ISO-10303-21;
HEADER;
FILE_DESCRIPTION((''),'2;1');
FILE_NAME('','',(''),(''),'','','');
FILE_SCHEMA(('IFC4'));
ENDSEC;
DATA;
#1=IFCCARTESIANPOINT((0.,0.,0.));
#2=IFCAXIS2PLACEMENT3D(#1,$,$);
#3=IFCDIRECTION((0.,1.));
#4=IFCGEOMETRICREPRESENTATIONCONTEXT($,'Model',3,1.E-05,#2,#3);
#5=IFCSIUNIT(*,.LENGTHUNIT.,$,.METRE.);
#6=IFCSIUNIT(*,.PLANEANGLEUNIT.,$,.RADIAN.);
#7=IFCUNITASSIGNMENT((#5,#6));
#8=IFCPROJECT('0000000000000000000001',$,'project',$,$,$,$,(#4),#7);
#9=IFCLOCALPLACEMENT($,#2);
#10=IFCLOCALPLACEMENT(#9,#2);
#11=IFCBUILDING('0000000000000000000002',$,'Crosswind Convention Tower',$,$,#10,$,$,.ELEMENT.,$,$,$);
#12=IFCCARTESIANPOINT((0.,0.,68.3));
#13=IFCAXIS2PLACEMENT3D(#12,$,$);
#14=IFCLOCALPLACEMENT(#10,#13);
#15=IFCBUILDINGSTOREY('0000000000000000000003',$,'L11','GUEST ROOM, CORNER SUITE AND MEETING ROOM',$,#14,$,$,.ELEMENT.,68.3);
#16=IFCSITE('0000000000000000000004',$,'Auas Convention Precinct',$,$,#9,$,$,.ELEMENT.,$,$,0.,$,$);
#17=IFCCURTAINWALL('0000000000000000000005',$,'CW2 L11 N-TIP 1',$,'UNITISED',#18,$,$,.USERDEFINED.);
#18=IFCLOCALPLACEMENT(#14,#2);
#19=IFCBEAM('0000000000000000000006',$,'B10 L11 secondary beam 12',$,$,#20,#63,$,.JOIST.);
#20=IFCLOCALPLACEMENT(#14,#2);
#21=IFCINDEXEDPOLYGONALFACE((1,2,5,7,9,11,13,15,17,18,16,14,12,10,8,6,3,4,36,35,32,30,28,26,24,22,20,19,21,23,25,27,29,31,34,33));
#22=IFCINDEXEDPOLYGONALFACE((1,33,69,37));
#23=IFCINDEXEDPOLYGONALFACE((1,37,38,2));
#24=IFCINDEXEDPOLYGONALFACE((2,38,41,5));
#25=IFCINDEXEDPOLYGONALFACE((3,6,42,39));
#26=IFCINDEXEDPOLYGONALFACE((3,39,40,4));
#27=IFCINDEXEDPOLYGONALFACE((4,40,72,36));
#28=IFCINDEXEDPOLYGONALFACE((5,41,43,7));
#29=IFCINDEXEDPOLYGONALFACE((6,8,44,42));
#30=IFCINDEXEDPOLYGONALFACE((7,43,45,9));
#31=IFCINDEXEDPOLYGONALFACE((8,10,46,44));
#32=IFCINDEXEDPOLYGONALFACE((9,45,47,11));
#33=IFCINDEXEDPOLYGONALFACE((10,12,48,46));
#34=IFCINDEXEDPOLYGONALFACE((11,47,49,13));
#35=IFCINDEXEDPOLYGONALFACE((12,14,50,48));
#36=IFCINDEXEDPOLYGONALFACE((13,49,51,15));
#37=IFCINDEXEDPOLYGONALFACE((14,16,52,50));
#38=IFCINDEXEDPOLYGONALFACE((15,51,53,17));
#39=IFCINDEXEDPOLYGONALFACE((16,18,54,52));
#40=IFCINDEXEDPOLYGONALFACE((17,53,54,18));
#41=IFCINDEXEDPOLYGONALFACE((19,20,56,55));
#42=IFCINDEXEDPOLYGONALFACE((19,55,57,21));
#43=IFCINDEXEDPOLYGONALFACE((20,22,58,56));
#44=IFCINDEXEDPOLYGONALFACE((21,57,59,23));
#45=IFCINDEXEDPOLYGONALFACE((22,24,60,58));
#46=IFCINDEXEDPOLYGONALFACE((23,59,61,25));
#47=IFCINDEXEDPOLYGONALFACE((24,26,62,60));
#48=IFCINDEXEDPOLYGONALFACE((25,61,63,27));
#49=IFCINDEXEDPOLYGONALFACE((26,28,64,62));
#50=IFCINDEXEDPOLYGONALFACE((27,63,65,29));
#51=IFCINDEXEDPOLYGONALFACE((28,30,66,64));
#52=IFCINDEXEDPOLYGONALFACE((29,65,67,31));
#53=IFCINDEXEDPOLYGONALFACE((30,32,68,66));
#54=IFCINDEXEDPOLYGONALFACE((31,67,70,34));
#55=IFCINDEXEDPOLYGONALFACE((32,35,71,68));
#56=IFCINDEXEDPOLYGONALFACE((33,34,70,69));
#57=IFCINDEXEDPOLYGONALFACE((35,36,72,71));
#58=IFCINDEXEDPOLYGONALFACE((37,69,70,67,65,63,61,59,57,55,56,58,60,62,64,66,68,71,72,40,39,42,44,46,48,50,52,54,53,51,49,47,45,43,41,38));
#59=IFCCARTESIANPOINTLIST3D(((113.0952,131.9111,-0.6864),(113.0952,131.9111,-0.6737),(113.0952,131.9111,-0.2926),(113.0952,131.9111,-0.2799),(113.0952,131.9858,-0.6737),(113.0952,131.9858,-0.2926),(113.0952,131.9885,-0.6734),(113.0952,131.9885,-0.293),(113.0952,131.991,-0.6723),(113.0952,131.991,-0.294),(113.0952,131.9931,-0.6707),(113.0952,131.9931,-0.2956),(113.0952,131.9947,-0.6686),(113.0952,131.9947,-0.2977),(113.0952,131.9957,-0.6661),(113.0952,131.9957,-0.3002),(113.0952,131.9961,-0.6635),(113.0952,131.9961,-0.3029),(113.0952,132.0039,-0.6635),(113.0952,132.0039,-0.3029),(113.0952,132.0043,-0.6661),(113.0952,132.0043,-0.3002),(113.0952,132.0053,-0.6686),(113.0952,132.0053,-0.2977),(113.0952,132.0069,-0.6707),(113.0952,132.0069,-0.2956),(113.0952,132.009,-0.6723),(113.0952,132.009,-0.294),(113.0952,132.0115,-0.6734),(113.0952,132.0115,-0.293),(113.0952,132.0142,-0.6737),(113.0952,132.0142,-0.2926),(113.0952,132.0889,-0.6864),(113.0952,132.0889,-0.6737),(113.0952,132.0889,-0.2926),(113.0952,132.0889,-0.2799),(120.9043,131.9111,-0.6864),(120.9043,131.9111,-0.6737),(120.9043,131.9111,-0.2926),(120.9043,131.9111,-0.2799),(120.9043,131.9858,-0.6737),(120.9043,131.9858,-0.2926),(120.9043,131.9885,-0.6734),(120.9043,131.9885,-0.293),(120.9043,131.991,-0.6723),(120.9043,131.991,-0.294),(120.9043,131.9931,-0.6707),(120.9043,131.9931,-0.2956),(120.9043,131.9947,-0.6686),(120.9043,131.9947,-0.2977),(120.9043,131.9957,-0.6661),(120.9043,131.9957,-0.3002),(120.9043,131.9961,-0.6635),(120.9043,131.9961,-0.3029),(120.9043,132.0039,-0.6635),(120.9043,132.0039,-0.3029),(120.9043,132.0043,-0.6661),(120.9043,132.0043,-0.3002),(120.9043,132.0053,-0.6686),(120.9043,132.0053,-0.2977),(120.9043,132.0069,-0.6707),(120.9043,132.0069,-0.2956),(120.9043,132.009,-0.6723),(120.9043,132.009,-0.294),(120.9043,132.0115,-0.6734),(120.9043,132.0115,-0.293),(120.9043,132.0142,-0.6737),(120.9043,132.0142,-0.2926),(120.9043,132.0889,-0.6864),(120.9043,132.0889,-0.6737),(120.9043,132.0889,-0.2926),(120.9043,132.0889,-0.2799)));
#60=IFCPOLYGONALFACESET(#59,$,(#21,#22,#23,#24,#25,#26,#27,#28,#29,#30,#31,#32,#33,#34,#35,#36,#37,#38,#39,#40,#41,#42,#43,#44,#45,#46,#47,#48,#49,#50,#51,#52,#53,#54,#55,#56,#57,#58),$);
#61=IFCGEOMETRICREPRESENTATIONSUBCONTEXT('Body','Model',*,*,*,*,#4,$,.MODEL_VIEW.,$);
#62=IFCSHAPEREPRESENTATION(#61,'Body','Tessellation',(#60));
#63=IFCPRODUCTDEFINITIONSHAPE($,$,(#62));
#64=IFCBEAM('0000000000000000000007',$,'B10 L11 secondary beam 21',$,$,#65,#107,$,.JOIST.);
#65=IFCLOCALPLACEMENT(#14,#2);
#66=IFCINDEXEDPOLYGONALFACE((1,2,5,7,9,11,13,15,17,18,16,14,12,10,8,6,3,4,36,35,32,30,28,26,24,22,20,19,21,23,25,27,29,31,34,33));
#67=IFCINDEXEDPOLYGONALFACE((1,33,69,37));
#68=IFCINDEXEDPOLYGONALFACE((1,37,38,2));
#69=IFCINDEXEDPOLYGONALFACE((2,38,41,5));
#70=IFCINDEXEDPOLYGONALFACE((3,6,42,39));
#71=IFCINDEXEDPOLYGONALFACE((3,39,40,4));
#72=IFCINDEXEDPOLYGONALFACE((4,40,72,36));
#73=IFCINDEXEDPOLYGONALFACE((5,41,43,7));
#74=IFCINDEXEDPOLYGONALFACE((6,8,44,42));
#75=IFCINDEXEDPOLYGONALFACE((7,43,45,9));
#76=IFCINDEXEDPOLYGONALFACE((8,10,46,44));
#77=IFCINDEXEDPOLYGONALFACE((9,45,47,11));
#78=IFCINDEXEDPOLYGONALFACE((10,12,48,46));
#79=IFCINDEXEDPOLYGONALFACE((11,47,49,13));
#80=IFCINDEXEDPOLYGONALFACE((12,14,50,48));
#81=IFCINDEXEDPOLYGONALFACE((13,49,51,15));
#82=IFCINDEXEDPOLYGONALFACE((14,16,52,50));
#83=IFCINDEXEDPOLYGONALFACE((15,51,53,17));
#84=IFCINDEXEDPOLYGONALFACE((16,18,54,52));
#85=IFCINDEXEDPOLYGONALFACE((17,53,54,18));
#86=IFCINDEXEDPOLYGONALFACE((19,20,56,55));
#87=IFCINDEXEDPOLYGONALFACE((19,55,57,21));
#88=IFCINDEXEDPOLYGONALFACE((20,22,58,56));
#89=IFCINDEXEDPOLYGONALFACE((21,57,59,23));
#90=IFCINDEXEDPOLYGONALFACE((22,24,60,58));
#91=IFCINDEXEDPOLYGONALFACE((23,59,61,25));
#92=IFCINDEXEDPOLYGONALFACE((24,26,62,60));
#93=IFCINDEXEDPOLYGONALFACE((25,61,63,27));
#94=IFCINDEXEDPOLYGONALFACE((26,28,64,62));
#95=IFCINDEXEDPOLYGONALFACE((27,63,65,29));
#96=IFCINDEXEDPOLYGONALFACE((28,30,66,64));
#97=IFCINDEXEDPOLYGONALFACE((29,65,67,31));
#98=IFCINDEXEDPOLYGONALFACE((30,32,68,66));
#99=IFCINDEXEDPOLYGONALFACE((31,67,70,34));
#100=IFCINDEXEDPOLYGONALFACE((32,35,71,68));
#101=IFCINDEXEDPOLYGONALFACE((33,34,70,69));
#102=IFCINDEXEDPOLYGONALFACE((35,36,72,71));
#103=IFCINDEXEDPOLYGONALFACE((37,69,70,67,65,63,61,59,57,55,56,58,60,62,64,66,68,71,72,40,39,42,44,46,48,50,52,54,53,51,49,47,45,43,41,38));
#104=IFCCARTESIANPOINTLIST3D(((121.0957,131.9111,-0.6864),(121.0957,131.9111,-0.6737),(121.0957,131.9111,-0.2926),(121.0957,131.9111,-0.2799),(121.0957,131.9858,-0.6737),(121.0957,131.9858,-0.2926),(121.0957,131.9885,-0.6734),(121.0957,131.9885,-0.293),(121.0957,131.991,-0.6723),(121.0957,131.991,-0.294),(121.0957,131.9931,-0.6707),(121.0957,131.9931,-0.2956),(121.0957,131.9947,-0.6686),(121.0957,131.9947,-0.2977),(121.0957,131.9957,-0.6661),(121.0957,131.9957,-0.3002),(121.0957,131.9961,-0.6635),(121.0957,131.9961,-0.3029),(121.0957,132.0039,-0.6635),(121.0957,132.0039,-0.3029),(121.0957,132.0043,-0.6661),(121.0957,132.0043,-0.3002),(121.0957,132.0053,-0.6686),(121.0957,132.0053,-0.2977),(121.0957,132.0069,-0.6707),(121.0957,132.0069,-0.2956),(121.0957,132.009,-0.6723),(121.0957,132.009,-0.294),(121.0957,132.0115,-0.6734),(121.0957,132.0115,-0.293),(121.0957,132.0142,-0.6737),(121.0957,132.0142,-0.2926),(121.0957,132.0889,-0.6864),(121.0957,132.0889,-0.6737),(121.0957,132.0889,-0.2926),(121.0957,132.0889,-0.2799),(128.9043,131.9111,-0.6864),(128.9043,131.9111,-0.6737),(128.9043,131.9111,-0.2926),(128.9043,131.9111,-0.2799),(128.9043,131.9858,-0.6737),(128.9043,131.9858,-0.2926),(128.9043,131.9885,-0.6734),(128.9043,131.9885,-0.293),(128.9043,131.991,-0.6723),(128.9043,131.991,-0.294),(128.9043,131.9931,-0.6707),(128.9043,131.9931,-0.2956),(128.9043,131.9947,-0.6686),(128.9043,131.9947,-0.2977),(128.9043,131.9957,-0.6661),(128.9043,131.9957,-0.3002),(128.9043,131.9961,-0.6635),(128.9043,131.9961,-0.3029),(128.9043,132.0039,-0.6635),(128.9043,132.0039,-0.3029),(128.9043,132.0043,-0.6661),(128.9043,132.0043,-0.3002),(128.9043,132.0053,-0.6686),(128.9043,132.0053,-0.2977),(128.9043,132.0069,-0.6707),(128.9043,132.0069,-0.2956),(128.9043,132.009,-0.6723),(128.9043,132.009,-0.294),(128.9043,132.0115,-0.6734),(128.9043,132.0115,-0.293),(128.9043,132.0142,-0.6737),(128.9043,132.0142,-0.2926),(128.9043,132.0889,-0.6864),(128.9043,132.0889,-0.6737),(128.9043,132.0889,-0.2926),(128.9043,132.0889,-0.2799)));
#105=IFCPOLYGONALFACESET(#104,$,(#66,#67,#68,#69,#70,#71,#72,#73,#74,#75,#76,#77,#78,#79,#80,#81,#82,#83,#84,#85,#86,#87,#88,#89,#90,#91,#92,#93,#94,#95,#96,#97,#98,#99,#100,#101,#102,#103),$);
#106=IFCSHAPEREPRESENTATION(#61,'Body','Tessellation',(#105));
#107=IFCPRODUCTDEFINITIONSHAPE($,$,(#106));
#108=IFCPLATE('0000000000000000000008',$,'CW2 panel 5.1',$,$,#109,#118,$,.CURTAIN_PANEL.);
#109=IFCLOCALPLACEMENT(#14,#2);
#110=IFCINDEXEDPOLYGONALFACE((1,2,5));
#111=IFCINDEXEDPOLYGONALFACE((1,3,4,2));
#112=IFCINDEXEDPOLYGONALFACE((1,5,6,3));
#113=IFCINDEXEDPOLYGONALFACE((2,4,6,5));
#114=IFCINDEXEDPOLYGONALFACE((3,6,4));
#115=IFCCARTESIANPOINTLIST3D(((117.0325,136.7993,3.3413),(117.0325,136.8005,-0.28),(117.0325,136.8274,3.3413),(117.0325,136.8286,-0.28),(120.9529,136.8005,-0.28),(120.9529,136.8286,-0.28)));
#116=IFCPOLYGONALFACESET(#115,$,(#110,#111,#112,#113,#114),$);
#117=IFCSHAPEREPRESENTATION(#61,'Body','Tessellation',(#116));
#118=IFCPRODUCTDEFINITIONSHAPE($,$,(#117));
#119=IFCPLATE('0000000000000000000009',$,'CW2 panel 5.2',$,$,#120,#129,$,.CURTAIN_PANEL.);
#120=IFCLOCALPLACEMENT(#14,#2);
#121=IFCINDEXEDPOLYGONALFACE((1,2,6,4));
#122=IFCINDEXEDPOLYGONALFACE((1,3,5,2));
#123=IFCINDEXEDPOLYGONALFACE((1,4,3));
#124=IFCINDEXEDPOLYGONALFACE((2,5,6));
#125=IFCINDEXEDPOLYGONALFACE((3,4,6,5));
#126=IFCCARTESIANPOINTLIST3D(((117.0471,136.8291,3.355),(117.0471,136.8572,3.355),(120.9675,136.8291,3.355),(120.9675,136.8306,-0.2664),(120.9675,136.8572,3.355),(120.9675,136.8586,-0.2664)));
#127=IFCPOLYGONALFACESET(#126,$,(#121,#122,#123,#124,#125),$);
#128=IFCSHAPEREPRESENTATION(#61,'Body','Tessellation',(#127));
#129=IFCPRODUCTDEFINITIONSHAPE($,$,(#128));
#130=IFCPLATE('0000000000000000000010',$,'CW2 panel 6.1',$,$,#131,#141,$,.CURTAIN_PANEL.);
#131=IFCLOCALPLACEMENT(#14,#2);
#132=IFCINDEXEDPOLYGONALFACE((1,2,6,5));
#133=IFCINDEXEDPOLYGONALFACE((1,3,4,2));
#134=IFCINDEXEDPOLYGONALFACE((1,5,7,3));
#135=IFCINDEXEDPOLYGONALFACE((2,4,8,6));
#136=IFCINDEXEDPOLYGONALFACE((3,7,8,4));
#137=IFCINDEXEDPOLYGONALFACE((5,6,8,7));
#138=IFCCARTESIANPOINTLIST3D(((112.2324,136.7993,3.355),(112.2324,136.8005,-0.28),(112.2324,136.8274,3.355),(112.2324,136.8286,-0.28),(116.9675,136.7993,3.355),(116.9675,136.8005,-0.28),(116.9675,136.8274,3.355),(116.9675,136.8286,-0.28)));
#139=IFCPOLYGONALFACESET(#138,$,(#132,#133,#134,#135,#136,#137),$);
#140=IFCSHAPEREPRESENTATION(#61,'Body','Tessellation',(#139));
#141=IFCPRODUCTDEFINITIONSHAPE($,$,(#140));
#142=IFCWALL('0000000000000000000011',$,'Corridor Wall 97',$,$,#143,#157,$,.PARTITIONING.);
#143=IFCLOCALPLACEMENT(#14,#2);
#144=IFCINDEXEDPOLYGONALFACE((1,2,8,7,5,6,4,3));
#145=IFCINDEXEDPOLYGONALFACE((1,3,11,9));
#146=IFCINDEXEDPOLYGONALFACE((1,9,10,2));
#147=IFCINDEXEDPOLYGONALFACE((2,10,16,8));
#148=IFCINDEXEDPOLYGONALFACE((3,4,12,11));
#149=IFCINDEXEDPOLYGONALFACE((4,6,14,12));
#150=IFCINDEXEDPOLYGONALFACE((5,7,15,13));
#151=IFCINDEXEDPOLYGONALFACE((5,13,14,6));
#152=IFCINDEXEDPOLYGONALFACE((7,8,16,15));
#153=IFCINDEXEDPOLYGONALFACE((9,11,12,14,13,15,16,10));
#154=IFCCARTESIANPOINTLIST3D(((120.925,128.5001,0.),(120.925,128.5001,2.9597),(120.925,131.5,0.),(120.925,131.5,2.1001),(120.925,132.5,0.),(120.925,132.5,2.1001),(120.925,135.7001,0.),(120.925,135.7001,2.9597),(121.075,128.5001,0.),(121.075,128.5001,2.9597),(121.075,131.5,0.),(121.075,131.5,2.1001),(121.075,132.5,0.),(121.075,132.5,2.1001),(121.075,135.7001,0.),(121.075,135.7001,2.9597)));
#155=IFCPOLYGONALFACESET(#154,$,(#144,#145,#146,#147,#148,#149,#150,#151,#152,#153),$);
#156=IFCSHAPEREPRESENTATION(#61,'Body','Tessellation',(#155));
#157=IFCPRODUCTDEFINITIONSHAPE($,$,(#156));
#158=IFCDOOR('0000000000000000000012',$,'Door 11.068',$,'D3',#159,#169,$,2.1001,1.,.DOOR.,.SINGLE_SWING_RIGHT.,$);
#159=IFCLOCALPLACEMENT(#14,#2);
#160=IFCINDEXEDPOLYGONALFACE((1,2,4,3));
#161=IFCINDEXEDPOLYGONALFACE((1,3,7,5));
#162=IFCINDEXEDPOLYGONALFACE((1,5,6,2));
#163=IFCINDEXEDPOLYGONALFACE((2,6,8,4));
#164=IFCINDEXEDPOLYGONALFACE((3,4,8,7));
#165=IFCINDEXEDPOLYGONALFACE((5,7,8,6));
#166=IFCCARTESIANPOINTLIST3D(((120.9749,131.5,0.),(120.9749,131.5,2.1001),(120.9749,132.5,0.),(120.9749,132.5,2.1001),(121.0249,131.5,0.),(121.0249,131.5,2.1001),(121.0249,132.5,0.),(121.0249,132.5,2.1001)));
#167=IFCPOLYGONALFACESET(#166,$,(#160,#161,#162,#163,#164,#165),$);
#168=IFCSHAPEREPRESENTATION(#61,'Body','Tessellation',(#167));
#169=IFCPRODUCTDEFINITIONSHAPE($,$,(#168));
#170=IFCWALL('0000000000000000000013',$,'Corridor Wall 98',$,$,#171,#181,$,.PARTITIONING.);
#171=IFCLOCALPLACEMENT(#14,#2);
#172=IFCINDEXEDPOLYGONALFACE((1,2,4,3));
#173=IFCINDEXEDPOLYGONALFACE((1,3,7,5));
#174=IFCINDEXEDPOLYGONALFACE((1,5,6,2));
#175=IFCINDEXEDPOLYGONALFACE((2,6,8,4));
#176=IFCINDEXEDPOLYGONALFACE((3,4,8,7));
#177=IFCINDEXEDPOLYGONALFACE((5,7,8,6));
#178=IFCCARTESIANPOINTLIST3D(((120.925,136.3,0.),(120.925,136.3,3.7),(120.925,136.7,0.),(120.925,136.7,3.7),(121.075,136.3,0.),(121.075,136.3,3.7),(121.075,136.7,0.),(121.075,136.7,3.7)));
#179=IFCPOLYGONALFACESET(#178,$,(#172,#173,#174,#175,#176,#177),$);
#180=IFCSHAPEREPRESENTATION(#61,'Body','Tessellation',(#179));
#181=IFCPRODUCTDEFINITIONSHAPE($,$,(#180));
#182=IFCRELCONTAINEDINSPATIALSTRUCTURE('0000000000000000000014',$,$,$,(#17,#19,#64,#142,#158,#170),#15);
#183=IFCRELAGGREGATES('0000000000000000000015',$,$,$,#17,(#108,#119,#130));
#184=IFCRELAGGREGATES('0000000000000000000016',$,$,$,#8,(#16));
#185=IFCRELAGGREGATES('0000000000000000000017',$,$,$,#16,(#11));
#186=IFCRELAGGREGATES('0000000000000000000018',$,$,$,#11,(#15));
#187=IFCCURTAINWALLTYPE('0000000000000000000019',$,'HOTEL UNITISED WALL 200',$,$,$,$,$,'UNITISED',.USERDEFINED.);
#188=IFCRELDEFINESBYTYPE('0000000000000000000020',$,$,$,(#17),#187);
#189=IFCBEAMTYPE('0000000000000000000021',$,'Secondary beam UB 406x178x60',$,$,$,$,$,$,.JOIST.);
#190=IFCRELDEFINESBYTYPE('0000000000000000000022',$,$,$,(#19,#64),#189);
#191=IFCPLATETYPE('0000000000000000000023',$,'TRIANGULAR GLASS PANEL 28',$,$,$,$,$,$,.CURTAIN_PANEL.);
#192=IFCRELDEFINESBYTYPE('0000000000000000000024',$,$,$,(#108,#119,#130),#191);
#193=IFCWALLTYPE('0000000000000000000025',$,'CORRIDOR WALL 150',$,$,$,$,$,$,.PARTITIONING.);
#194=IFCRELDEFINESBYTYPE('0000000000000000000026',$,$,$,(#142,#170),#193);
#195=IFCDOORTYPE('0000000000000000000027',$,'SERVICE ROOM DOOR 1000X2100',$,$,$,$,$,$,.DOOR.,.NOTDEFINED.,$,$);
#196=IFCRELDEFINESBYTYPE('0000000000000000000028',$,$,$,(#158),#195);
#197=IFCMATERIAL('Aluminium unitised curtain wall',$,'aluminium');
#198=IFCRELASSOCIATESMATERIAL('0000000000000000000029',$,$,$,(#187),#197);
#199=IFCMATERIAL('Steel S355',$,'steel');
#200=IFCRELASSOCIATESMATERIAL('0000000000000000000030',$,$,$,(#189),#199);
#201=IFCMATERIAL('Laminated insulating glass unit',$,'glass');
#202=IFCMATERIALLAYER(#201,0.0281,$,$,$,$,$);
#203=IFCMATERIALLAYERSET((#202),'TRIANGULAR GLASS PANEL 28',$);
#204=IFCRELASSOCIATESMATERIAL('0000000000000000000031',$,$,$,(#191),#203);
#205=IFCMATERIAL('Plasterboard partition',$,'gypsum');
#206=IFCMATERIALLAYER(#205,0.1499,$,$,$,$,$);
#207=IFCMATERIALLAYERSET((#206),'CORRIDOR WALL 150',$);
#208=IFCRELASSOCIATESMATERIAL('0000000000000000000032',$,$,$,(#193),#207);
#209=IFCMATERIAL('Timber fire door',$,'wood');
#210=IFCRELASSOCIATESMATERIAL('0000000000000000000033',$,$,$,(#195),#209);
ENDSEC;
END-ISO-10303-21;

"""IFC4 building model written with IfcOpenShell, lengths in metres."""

from ifc_helpers import new_model, si_unit, direction, frame, frame_2d, origin, origin_2d, place, context, subcontext, project, spatial, polyline, rectangle, i_section, outline, extrude, material, layer, layer_set, material_profile, profile_set, type_object, element, fill, aggregate, save


model = new_model("IFC4")

# Units and contexts
model_context = context("Model", 3, precision=1e-05, world=origin(), true_north=direction((0.0, 1.0)))
body_context = subcontext(model_context, "Body", "Model", "MODEL_VIEW")
ifc_project = project(units=[si_unit("LENGTHUNIT", "METRE"), si_unit("PLANEANGLEUNIT", "RADIAN")], contexts=[model_context])

# Site, building, storey
site_placement = place(None, origin())
site = spatial("IfcSite", under=ifc_project, at=site_placement, Name="Auas Convention Precinct", CompositionType="ELEMENT", RefElevation=0.0)
building_placement = place(site_placement, origin())
building = spatial("IfcBuilding", under=site, at=building_placement, Name="Crosswind Convention Tower", CompositionType="ELEMENT")
storey_placement = place(building_placement, frame((0.0, 0.0, 68.3)))
storey = spatial("IfcBuildingStorey", under=building, at=storey_placement, Name="L11", Description="GUEST ROOM, CORNER SUITE AND MEETING ROOM", CompositionType="ELEMENT", Elevation=68.3)

# Shared definitions
ifc_material_1 = material(Name="Steel S355", Category="steel")

# Curtain wall
ifc_material_2 = material(Name="Aluminium unitised curtain wall", Category="aluminium")
curtain_wall_type = type_object("IfcCurtainWallType", Name="HOTEL UNITISED WALL 200", ElementType="UNITISED", PredefinedType="USERDEFINED", material=ifc_material_2)
curtain_wall_placement = place(storey_placement, origin())
curtain_wall = element("IfcCurtainWall", 1, at=curtain_wall_placement, inside=storey, type_object=curtain_wall_type, Name="CW2 L11 N-TIP 1", ObjectType="UNITISED", PredefinedType="USERDEFINED")

# Beams
ifc_material_profile_1 = material_profile(ifc_material_1, i_section(OverallWidth=0.1777, OverallDepth=0.4065, WebThickness=0.0078, FlangeThickness=0.0127, FilletRadius=0.0103, at=origin_2d()), Name="UB 406x178x60")
ifc_profile_set_1 = profile_set([ifc_material_profile_1], Name="Steel S355")
beam_type_1 = type_object("IfcBeamType", Name="Secondary beam UB 406x178x60", PredefinedType="JOIST", material=ifc_profile_set_1)
beam_1_placement = place(storey_placement, frame((113.0952, 132.0, -0.4832), z_axis=(1.0, 0.0, 0.0), x_axis=(0.0, 1.0, 0.0)))
element("IfcBeam", 2, at=beam_1_placement, inside=storey, type_object=beam_type_1, Name="B10 L11 secondary beam 12", PredefinedType="JOIST", context=body_context, shape_type="SweptSolid", body=[
    extrude(i_section(OverallWidth=0.1777, OverallDepth=0.4065, WebThickness=0.0078, FlangeThickness=0.0127, FilletRadius=0.0103, at=origin_2d()), origin(), (0.0, 0.0, 1.0), 7.8091),
])
beam_2_placement = place(storey_placement, frame((121.0957, 132.0, -0.4832), z_axis=(1.0, 0.0, 0.0), x_axis=(0.0, 1.0, 0.0)))
element("IfcBeam", 3, at=beam_2_placement, inside=storey, type_object=beam_type_1, Name="B10 L11 secondary beam 21", PredefinedType="JOIST", context=body_context, shape_type="SweptSolid", body=[
    extrude(i_section(OverallWidth=0.1777, OverallDepth=0.4065, WebThickness=0.0078, FlangeThickness=0.0127, FilletRadius=0.0103, at=origin_2d()), origin(), (0.0, 0.0, 1.0), 7.8086),
])

# Plates
ifc_material_3 = material(Name="Laminated insulating glass unit", Category="glass")
ifc_layer_1 = layer(ifc_material_3, 0.0281)
ifc_layer_set_1 = layer_set([ifc_layer_1], Name="TRIANGULAR GLASS PANEL 28")
plate_type = type_object("IfcPlateType", Name="TRIANGULAR GLASS PANEL 28", PredefinedType="CURTAIN_PANEL", material=ifc_layer_set_1)
plate_1_placement = place(storey_placement, frame((117.0325, 136.8286, -0.28), z_axis=(0.0, 1.0, 0.000337), x_axis=(0.0, -0.000337, 1.0)))
plate_1 = element("IfcPlate", 4, at=plate_1_placement, type_object=plate_type, Name="CW2 panel 5.1", PredefinedType="CURTAIN_PANEL", context=body_context, shape_type="SweptSolid", body=[
    extrude(outline(polyline([(0.0, 0.0), (3.6213, 0.0), (0.0, 3.9204), (0.0, 0.0)])), origin(), (0.0, 0.0, -1.0), 0.0281),
])
plate_2_placement = place(storey_placement, frame((120.9675, 136.8572, 3.355), z_axis=(0.0, 1.0, 0.000405), x_axis=(0.0, 0.000405, -1.0)))
plate_2 = element("IfcPlate", 5, at=plate_2_placement, type_object=plate_type, Name="CW2 panel 5.2", PredefinedType="CURTAIN_PANEL", context=body_context, shape_type="SweptSolid", body=[
    extrude(outline(polyline([(0.0, 0.0), (3.6213, 0.0), (0.0, 3.9204), (0.0, 0.0)])), origin(), (0.0, 0.0, -1.0), 0.0281),
])
plate_3_placement = place(storey_placement, frame((116.9675, 136.8286, -0.28), z_axis=(0.0, 1.0, 0.000336), x_axis=(-1.0, 0.0, 0.0)))
plate_3 = element("IfcPlate", 6, at=plate_3_placement, type_object=plate_type, Name="CW2 panel 6.1", PredefinedType="CURTAIN_PANEL", context=body_context, shape_type="SweptSolid", body=[
    extrude(outline(polyline([(0.0, 0.0), (4.7351, 0.0), (4.7351, 3.635), (0.0, 3.635), (0.0, 0.0)])), origin(), (0.0, 0.0, -1.0), 0.0281),
])
aggregate(curtain_wall, [plate_1, plate_2, plate_3])

# Wall, opening, door
ifc_material_4 = material(Name="Plasterboard partition", Category="gypsum")
ifc_layer_2 = layer(ifc_material_4, 0.1499)
ifc_layer_set_2 = layer_set([ifc_layer_2], Name="CORRIDOR WALL 150")
wall_type_1 = type_object("IfcWallType", Name="CORRIDOR WALL 150", PredefinedType="PARTITIONING", material=ifc_layer_set_2)
wall_1_placement = place(storey_placement, frame((121.0, 128.5, 0.0), z_axis=(0.0, 0.0, 1.0), x_axis=(0.0, 1.0, 0.0)))
wall_1 = element("IfcWall", 7, at=wall_1_placement, inside=storey, type_object=wall_type_1, Name="Corridor Wall 97", PredefinedType="PARTITIONING", context=body_context, shape_type="SweptSolid", body=[
    extrude(rectangle(XDim=7.2, YDim=0.1499, at=frame_2d((3.6001, 0.0))), origin(), (0.0, 0.0, 1.0), 2.9597),
])
opening_1_placement = place(wall_1_placement, frame((3.0, 0.0, 0.0)))
opening_1 = element("IfcOpeningElement", 8, at=opening_1_placement, cuts=wall_1, PredefinedType="OPENING", context=body_context, shape_type="SweptSolid", body=[
    extrude(rectangle(XDim=1.0, YDim=2.1001, at=frame_2d((0.5, 1.05))), frame((0.0, 0.085, 0.0), z_axis=(0.0, -1.0, 0.0), x_axis=(1.0, 0.0, 0.0)), (0.0, 0.0, 1.0), 0.1699),
])
ifc_material_5 = material(Name="Timber fire door", Category="wood")
door_type_1 = type_object("IfcDoorType", Name="SERVICE ROOM DOOR 1000X2100", OperationType="NOTDEFINED", PredefinedType="DOOR", material=ifc_material_5)
door_1_placement = place(opening_1_placement, frame((1.0, 0.0, 0.0), z_axis=(0.0, 0.0, 1.0), x_axis=(-1.0, 0.0, 0.0)))
door_1 = element("IfcDoor", 9, at=door_1_placement, inside=storey, type_object=door_type_1, Name="Door 11.068", ObjectType="D3", OperationType="SINGLE_SWING_RIGHT", OverallHeight=2.1001, OverallWidth=1.0, PredefinedType="DOOR", context=body_context, shape_type="SweptSolid", body=[
    extrude(rectangle(XDim=1.0, YDim=2.1001, at=frame_2d((0.5, 1.05))), frame((0.0, 0.0249, 0.0), z_axis=(0.0, -1.0, 0.0), x_axis=(1.0, 0.0, 0.0)), (0.0, 0.0, 1.0), 0.05),
])
fill(opening_1, door_1)

# Wall
wall_2_placement = place(storey_placement, frame((121.0, 136.3, 0.0), z_axis=(0.0, 0.0, 1.0), x_axis=(0.0, 1.0, 0.0)))
element("IfcWall", 10, at=wall_2_placement, inside=storey, type_object=wall_type_1, Name="Corridor Wall 98", PredefinedType="PARTITIONING", context=body_context, shape_type="SweptSolid", body=[
    extrude(rectangle(XDim=0.3999, YDim=0.1499, at=frame_2d((0.2, 0.0))), origin(), (0.0, 0.0, 1.0), 3.7),
])

save(model, "model.ifc")
